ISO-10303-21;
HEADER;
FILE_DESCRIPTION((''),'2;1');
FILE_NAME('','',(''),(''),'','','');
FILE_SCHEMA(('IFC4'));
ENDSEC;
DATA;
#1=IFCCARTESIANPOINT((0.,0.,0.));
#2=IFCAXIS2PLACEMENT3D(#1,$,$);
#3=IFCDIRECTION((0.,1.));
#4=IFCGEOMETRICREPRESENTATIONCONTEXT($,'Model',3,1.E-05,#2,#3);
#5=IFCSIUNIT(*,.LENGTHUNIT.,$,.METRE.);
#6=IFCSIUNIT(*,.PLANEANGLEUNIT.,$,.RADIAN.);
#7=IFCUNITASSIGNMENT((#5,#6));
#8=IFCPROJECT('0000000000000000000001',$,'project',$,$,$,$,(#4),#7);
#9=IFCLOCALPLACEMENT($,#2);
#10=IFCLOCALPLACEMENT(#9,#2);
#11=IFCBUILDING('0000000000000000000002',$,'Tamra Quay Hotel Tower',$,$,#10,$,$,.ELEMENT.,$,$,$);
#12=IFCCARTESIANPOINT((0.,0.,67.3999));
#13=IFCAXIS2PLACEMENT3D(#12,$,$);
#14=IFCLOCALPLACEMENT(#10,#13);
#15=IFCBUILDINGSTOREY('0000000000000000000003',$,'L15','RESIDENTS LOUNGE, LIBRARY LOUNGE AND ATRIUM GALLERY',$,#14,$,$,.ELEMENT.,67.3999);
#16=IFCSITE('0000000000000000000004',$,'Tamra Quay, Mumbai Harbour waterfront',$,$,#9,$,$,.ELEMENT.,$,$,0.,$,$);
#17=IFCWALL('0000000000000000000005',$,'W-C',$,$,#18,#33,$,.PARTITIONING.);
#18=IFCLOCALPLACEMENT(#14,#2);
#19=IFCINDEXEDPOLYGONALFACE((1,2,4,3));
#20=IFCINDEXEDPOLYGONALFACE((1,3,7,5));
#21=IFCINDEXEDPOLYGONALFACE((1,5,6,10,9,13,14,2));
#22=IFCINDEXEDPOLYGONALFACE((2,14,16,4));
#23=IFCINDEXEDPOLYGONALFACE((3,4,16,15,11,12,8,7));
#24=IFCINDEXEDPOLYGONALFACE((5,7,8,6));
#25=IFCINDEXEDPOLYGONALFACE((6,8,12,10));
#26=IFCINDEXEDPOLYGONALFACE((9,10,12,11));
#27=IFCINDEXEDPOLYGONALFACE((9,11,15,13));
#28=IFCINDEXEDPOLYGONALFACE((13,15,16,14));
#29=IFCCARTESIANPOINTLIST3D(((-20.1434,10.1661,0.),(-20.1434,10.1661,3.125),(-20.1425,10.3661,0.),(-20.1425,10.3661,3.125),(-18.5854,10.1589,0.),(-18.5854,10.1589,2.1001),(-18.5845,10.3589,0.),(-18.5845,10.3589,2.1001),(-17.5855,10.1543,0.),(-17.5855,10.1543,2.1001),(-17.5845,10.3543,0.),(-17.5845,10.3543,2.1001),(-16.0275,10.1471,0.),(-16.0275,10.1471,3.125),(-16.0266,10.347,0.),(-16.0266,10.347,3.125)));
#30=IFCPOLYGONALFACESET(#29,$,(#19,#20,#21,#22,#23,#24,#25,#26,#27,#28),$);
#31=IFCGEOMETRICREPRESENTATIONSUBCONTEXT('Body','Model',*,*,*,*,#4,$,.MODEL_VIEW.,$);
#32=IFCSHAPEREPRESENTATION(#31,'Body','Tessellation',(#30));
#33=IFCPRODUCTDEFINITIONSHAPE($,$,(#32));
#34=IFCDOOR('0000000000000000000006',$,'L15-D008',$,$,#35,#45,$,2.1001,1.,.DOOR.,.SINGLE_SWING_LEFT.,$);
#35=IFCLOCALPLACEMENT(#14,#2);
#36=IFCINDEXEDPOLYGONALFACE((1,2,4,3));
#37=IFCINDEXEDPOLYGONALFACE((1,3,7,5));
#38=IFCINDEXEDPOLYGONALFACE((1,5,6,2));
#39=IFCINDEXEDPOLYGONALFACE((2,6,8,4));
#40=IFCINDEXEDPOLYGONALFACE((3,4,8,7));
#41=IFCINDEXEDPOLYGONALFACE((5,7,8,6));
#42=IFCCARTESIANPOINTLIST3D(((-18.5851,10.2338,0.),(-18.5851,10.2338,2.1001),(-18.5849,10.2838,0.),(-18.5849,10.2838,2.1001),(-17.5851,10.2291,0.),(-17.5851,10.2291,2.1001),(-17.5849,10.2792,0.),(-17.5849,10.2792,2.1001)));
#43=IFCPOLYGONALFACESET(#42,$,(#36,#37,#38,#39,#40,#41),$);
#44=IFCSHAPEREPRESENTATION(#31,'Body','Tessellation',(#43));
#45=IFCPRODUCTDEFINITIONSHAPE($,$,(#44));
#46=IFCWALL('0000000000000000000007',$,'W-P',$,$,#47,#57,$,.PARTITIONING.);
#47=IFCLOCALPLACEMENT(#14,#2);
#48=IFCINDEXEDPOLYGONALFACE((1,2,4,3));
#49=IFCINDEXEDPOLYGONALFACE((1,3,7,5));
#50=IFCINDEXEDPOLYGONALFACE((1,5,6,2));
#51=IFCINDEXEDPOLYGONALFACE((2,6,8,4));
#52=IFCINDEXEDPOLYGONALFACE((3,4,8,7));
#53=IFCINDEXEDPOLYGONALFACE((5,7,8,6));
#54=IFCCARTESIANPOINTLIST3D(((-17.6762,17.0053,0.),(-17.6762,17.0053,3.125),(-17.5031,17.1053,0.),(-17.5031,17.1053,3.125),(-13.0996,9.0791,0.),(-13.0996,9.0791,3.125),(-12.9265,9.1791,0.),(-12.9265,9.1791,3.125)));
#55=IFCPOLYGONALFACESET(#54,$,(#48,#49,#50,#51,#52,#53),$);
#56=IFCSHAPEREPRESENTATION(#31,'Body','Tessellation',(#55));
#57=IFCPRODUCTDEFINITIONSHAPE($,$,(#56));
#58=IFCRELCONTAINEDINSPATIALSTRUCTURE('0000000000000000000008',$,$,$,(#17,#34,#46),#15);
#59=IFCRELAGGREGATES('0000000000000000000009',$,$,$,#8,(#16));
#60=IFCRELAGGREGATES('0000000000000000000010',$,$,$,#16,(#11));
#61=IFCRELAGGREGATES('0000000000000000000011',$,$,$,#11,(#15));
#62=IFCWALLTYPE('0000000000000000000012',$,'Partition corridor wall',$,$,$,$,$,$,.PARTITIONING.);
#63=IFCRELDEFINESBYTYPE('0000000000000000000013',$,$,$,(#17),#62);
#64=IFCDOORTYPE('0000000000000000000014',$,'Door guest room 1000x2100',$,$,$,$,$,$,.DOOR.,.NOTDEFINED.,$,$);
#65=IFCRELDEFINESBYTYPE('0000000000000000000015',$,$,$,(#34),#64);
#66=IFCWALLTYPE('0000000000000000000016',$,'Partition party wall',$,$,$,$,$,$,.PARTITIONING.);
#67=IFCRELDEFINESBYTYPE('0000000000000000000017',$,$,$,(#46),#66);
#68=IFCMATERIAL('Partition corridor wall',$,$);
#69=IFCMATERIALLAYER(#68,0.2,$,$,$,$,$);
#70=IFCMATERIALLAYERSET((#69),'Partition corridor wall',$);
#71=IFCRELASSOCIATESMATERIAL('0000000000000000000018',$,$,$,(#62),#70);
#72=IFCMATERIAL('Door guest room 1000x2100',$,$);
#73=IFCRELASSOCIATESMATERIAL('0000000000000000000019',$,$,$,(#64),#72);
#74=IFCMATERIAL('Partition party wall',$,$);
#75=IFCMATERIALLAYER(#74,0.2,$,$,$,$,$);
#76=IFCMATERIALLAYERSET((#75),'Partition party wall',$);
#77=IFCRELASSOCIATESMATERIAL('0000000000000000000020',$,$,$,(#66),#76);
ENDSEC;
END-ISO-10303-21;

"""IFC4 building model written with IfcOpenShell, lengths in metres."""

from ifc_helpers import new_model, si_unit, direction, frame, frame_2d, origin, place, context, subcontext, project, spatial, rectangle, extrude, material, layer, layer_set, type_object, element, fill, save


model = new_model("IFC4")

# Units and contexts
model_context = context("Model", 3, precision=1e-05, world=origin(), true_north=direction((0.0, 1.0)))
body_context = subcontext(model_context, "Body", "Model", "MODEL_VIEW")
ifc_project = project(units=[si_unit("LENGTHUNIT", "METRE"), si_unit("PLANEANGLEUNIT", "RADIAN")], contexts=[model_context])

# Site, building, storey
site_placement = place(None, origin())
site = spatial("IfcSite", under=ifc_project, at=site_placement, Name="Tamra Quay, Mumbai Harbour waterfront", CompositionType="ELEMENT", RefElevation=0.0)
building_placement = place(site_placement, origin())
building = spatial("IfcBuilding", under=site, at=building_placement, Name="Tamra Quay Hotel Tower", CompositionType="ELEMENT")
storey_placement = place(building_placement, frame((0.0, 0.0, 67.3999)))
storey = spatial("IfcBuildingStorey", under=building, at=storey_placement, Name="L15", Description="RESIDENTS LOUNGE, LIBRARY LOUNGE AND ATRIUM GALLERY", CompositionType="ELEMENT", Elevation=67.3999)

# Shared definitions
ifc_material_1 = material(Name="Partition corridor wall")
ifc_layer_1 = layer(ifc_material_1, 0.2)
ifc_layer_set_1 = layer_set([ifc_layer_1], Name="Partition corridor wall")
wall_type_1 = type_object("IfcWallType", Name="Partition corridor wall", PredefinedType="PARTITIONING", material=ifc_layer_set_1)

# Wall, opening, door
wall_1_placement = place(storey_placement, frame((-20.1431, 10.2661, 0.0), z_axis=(0.0, 0.0, 1.0), x_axis=(0.999989, -0.004627, 0.0)))
wall_1 = element("IfcWall", 1, at=wall_1_placement, inside=storey, type_object=wall_type_1, Name="W-C", PredefinedType="PARTITIONING", context=body_context, shape_type="SweptSolid", body=[
    extrude(rectangle(XDim=4.116, YDim=0.2, at=frame_2d((2.0581, 0.0))), origin(), (0.0, 0.0, 1.0), 3.125),
])
opening_1_placement = place(wall_1_placement, frame((1.5581, 0.0, 0.0)))
opening_1 = element("IfcOpeningElement", 2, at=opening_1_placement, cuts=wall_1, PredefinedType="OPENING", context=body_context, shape_type="SweptSolid", body=[
    extrude(rectangle(XDim=1.0, YDim=2.1001, at=frame_2d((0.5, 1.05))), frame((0.0, 0.1099, 0.0), z_axis=(0.0, -1.0, 0.0), x_axis=(1.0, 0.0, 0.0)), (0.0, 0.0, 1.0), 0.22),
])
ifc_material_2 = material(Name="Door guest room 1000x2100")
door_type_1 = type_object("IfcDoorType", Name="Door guest room 1000x2100", OperationType="NOTDEFINED", PredefinedType="DOOR", material=ifc_material_2)
door_1_placement = place(opening_1_placement, origin())
door_1 = element("IfcDoor", 3, at=door_1_placement, inside=storey, type_object=door_type_1, Name="L15-D008", OperationType="SINGLE_SWING_LEFT", OverallHeight=2.1001, OverallWidth=1.0, PredefinedType="DOOR", context=body_context, shape_type="SweptSolid", body=[
    extrude(rectangle(XDim=1.0, YDim=2.1001, at=frame_2d((0.5, 1.05))), frame((0.0, 0.0249, 0.0), z_axis=(0.0, -1.0, 0.0), x_axis=(1.0, 0.0, 0.0)), (0.0, 0.0, 1.0), 0.05),
])
fill(opening_1, door_1)

# Wall
ifc_material_3 = material(Name="Partition party wall")
ifc_layer_2 = layer(ifc_material_3, 0.2)
ifc_layer_set_2 = layer_set([ifc_layer_2], Name="Partition party wall")
wall_type_2 = type_object("IfcWallType", Name="Partition party wall", PredefinedType="PARTITIONING", material=ifc_layer_set_2)
wall_2_placement = place(storey_placement, frame((-17.5896, 17.0552, 0.0), z_axis=(0.0, 0.0, 1.0), x_axis=(0.500035, -0.866005, 0.0)))
element("IfcWall", 4, at=wall_2_placement, inside=storey, type_object=wall_type_2, Name="W-P", PredefinedType="PARTITIONING", context=body_context, shape_type="SweptSolid", body=[
    extrude(rectangle(XDim=9.1526, YDim=0.2, at=frame_2d((4.5762, 0.0))), origin(), (0.0, 0.0, 1.0), 3.125),
])

save(model, "model.ifc")
